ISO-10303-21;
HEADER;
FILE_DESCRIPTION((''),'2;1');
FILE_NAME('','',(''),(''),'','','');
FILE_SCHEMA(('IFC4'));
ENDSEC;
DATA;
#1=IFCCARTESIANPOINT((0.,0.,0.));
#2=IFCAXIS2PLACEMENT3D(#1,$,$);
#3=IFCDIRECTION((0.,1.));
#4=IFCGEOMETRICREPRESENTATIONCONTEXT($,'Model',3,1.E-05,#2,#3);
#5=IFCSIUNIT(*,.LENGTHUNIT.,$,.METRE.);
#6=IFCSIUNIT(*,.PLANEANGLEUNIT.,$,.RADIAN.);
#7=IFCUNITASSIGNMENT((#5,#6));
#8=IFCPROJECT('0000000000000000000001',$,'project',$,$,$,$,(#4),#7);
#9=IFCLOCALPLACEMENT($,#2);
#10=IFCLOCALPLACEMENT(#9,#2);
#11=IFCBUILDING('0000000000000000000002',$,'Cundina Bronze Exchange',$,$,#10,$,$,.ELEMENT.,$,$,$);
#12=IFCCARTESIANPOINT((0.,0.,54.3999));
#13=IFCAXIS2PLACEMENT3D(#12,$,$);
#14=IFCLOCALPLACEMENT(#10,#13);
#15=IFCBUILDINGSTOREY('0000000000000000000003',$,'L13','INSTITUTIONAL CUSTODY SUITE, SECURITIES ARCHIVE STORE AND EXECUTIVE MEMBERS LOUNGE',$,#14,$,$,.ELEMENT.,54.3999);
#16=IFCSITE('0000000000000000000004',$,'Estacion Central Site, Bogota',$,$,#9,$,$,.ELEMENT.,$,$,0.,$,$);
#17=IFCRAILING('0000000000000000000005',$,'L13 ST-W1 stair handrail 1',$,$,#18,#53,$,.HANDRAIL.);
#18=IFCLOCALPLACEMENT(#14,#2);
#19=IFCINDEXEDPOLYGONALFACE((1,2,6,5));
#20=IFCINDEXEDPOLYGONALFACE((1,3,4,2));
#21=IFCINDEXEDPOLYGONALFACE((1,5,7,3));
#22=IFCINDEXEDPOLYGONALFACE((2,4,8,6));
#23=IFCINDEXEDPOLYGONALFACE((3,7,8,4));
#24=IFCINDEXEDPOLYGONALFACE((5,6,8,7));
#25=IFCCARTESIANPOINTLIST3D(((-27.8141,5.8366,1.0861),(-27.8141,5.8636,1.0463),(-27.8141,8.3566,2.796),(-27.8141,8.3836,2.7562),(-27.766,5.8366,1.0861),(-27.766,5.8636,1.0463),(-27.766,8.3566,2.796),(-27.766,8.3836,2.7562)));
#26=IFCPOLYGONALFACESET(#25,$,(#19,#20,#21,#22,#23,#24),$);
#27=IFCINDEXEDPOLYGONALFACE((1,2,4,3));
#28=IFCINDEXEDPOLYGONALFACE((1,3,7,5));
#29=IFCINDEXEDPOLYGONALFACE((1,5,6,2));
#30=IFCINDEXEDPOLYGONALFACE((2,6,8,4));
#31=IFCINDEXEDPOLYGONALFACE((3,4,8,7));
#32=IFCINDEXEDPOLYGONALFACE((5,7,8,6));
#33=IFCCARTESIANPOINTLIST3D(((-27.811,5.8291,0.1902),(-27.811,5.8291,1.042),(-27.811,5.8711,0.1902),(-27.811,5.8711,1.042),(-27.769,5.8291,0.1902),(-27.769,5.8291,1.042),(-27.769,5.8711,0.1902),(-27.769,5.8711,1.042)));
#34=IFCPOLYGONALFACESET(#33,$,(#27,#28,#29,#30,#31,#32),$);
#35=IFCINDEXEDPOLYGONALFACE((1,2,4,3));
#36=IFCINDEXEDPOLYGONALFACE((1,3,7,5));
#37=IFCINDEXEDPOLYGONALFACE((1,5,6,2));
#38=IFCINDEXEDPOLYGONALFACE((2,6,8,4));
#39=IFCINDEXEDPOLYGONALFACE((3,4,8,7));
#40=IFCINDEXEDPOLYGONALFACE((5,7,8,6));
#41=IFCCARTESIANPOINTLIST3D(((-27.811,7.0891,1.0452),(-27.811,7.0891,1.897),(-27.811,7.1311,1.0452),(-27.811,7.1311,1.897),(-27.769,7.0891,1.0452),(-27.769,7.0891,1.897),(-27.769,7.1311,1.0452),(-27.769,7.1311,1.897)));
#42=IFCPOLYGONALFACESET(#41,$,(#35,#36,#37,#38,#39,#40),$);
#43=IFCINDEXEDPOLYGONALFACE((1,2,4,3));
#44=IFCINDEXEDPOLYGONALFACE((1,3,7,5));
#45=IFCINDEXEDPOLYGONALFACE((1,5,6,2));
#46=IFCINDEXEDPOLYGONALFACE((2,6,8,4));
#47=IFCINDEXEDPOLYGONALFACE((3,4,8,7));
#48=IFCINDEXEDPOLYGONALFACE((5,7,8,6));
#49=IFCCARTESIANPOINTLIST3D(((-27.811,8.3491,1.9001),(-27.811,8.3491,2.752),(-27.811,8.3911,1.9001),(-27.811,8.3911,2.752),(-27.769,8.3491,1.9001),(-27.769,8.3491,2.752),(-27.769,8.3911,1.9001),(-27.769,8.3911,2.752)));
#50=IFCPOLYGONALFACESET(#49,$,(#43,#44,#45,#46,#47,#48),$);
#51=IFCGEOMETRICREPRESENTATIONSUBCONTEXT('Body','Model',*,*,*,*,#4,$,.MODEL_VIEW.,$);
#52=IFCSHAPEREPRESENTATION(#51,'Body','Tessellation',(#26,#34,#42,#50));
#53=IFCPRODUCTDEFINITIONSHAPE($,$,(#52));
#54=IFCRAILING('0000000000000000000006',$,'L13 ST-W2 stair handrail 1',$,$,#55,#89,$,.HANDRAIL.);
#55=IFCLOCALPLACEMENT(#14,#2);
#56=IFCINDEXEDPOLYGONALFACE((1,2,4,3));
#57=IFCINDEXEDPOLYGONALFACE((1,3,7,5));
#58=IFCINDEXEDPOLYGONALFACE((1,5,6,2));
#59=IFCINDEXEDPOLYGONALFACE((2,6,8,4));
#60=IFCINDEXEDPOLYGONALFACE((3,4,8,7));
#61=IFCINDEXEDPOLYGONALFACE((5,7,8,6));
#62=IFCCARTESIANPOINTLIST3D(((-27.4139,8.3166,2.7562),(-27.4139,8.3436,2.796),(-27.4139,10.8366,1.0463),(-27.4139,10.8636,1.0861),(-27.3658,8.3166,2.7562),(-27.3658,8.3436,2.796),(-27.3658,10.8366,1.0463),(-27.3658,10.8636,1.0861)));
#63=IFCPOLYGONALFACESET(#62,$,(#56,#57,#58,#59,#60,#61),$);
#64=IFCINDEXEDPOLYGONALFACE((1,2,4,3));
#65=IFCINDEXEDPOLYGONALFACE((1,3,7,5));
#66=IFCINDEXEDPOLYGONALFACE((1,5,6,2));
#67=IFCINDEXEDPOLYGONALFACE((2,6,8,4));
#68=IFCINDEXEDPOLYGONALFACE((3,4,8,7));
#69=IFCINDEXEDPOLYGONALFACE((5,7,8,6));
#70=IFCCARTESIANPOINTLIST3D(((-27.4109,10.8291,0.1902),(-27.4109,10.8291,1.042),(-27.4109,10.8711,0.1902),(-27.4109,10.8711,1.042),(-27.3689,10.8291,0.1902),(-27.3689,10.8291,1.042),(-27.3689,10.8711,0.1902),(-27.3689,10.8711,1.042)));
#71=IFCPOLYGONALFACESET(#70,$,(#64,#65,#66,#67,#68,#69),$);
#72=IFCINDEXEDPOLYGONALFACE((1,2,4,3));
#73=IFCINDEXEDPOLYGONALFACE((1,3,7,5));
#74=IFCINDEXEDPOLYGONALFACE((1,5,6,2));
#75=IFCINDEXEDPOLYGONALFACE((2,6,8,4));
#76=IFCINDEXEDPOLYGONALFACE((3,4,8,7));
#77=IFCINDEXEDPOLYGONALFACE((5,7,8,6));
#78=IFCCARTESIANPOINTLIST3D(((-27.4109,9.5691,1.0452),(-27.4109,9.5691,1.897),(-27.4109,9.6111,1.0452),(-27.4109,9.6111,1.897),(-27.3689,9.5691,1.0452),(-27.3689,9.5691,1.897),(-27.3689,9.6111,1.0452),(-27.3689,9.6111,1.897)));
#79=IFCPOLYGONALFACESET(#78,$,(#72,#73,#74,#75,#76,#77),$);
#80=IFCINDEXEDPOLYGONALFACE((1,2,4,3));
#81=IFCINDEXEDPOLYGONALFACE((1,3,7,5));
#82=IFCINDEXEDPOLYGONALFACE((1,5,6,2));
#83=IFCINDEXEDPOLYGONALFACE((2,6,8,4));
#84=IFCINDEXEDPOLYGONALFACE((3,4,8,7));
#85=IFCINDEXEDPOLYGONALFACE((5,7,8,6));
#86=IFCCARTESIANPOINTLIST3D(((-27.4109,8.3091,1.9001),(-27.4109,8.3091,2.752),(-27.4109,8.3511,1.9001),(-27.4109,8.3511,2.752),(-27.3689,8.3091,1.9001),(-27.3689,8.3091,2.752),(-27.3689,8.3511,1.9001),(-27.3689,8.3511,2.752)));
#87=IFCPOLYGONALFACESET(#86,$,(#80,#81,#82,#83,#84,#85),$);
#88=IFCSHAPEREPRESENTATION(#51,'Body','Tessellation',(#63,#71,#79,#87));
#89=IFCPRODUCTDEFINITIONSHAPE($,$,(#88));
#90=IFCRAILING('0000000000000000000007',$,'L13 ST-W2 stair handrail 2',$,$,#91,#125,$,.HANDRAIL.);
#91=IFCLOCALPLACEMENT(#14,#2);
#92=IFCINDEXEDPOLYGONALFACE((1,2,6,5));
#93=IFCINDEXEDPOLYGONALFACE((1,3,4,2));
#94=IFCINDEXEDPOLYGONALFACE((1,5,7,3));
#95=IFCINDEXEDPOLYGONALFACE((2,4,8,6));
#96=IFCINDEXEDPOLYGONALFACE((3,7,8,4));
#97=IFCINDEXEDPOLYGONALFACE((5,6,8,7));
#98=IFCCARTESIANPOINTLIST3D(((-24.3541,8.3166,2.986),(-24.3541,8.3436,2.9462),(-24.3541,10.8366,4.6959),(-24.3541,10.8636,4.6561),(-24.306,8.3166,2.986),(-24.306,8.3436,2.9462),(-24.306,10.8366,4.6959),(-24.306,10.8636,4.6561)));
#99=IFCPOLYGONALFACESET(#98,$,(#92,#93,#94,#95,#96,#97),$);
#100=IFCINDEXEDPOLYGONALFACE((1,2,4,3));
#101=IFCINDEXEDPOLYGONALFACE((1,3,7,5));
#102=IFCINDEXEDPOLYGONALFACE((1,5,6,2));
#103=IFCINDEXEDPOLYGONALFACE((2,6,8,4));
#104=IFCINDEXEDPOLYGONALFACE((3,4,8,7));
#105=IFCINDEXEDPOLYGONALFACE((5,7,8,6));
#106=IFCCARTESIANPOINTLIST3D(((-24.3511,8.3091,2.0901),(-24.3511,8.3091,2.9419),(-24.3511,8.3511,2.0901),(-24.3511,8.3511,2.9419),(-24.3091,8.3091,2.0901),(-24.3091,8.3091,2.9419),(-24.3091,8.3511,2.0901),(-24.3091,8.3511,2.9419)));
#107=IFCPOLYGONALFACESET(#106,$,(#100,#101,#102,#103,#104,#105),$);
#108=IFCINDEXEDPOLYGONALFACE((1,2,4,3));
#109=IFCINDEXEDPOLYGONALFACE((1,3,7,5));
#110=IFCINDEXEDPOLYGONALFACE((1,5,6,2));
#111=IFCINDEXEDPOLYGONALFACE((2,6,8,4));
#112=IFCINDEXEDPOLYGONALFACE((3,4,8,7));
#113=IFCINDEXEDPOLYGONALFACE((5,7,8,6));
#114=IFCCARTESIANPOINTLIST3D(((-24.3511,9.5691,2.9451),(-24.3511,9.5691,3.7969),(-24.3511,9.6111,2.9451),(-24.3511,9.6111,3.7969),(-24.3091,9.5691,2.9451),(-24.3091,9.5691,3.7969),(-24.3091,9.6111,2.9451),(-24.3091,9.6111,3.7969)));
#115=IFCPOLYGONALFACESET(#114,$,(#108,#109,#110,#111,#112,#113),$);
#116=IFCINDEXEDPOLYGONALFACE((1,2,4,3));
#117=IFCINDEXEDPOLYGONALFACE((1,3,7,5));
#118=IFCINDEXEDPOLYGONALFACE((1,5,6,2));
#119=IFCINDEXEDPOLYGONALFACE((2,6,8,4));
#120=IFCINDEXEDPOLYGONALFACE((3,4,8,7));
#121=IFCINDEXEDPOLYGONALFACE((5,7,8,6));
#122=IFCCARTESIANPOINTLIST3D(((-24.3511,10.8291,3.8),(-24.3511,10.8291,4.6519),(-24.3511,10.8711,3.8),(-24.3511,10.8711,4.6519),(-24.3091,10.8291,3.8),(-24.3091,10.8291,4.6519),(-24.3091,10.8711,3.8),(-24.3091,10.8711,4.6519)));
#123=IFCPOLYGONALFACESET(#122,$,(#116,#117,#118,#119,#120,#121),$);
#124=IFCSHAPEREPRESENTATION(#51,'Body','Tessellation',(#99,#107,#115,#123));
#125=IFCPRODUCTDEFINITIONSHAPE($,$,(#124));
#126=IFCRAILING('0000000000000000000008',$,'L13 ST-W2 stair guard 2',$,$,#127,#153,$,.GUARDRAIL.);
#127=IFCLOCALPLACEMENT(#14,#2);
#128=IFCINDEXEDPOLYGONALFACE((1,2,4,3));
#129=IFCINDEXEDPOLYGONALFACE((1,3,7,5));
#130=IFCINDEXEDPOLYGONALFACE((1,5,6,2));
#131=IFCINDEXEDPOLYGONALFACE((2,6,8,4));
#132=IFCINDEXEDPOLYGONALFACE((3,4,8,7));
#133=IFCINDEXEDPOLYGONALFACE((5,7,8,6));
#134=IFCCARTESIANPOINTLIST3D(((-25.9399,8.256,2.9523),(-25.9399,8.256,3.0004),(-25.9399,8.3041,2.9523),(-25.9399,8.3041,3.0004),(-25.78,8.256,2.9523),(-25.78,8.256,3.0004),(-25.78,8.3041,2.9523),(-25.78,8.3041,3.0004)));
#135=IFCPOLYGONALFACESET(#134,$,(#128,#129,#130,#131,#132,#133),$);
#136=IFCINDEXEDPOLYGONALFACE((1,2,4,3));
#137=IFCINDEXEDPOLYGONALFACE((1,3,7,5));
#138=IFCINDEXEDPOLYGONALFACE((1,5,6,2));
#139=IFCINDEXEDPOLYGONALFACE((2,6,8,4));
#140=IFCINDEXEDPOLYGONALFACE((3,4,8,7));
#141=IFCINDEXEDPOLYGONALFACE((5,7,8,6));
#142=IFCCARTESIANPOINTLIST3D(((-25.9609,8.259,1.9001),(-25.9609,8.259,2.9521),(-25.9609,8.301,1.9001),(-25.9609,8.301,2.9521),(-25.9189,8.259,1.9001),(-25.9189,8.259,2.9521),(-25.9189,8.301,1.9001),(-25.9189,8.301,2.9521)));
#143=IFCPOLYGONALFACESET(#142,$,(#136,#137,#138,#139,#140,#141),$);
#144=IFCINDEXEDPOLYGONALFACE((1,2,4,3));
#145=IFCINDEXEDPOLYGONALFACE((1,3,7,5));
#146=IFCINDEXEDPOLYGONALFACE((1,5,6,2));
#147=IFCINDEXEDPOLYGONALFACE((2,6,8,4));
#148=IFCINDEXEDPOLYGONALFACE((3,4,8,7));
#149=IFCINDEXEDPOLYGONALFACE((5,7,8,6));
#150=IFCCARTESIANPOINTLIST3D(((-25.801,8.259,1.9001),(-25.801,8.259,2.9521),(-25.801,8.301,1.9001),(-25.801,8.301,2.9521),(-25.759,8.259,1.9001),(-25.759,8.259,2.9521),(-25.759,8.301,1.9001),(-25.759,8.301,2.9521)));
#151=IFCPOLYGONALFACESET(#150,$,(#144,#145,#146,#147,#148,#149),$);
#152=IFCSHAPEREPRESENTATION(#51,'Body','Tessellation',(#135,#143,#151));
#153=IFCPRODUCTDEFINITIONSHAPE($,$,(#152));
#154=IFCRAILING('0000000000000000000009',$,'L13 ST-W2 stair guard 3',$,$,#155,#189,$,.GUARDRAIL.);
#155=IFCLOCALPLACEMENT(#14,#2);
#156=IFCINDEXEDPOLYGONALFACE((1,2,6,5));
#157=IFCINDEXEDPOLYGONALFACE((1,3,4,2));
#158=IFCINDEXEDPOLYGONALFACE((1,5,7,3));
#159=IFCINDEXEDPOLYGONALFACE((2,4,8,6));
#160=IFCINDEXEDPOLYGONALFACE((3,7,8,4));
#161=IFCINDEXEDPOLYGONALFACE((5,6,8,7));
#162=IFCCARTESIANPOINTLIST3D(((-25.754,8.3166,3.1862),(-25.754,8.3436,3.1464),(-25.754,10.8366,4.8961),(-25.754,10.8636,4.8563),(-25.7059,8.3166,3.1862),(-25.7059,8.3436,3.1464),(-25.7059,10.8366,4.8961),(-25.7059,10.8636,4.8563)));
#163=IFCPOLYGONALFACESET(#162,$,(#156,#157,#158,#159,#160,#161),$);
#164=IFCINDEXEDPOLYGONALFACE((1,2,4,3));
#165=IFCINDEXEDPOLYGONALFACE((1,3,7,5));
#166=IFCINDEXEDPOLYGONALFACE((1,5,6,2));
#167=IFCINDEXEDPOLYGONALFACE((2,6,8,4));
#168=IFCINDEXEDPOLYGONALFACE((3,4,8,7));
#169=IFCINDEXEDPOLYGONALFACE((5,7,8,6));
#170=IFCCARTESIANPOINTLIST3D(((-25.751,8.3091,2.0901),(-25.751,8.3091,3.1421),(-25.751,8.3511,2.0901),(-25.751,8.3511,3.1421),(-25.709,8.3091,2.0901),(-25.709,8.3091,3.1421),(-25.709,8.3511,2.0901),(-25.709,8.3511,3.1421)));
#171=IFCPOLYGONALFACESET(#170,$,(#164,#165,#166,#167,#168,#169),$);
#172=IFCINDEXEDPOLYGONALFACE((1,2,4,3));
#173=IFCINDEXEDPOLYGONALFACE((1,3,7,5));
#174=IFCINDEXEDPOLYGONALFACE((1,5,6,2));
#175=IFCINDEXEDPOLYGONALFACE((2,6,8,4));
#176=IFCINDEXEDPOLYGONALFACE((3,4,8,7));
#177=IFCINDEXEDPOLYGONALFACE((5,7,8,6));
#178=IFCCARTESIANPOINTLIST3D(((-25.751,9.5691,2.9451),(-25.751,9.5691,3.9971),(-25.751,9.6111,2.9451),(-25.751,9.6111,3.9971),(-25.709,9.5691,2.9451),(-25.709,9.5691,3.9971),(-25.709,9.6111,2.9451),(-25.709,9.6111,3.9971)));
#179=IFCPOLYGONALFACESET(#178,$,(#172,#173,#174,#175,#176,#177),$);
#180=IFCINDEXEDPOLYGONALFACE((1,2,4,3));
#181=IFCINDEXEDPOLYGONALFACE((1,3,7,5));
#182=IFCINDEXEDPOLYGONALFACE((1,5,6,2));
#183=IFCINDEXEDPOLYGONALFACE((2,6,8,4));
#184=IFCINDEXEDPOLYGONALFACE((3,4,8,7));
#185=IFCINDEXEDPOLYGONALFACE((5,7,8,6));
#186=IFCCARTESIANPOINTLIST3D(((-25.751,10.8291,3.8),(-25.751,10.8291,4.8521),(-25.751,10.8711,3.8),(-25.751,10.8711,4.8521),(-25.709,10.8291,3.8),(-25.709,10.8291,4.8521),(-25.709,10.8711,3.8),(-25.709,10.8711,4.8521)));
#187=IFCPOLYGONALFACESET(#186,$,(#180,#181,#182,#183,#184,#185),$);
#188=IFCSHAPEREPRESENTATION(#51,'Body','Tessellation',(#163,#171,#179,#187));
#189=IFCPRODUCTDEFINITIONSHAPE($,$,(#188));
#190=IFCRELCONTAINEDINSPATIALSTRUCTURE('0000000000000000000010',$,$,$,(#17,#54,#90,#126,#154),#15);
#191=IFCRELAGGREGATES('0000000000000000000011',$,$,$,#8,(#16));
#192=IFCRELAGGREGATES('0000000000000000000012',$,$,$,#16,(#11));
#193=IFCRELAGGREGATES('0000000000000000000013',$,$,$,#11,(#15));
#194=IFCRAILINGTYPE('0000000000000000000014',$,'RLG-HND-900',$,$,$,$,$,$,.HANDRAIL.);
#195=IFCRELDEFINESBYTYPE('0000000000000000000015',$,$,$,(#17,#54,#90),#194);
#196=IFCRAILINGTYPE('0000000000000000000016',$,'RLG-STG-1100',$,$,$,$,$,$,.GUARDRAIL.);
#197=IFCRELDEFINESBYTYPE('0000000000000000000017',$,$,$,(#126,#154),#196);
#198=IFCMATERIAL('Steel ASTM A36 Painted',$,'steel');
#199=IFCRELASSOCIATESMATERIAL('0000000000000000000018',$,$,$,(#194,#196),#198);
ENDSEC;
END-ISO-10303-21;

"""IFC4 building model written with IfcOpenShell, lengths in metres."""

from ifc_helpers import new_model, si_unit, direction, frame, origin, origin_2d, place, context, subcontext, project, spatial, rectangle, extrude, material, type_object, element, save


model = new_model("IFC4")

# Units and contexts
model_context = context("Model", 3, precision=1e-05, world=origin(), true_north=direction((0.0, 1.0)))
body_context = subcontext(model_context, "Body", "Model", "MODEL_VIEW")
ifc_project = project(units=[si_unit("LENGTHUNIT", "METRE"), si_unit("PLANEANGLEUNIT", "RADIAN")], contexts=[model_context])

# Site, building, storey
site_placement = place(None, origin())
site = spatial("IfcSite", under=ifc_project, at=site_placement, Name="Estacion Central Site, Bogota", CompositionType="ELEMENT", RefElevation=0.0)
building_placement = place(site_placement, origin())
building = spatial("IfcBuilding", under=site, at=building_placement, Name="Cundina Bronze Exchange", CompositionType="ELEMENT")
storey_placement = place(building_placement, frame((0.0, 0.0, 54.3999)))
storey = spatial("IfcBuildingStorey", under=building, at=storey_placement, Name="L13", Description="INSTITUTIONAL CUSTODY SUITE, SECURITIES ARCHIVE STORE AND EXECUTIVE MEMBERS LOUNGE", CompositionType="ELEMENT", Elevation=54.3999)

# Shared definitions
ifc_material_1 = material(Name="Steel ASTM A36 Painted", Category="steel")

# Railings
railing_type_1 = type_object("IfcRailingType", Name="RLG-HND-900", PredefinedType="HANDRAIL", material=ifc_material_1)
railing_1_placement = place(storey_placement, frame((-27.79, 5.8501, 0.1902)))
element("IfcRailing", 1, at=railing_1_placement, inside=storey, type_object=railing_type_1, Name="L13 ST-W1 stair handrail 1", PredefinedType="HANDRAIL", context=body_context, shape_type="SweptSolid", body=[
    extrude(rectangle(XDim=0.0481, YDim=0.0481, at=origin_2d()), frame((0.0, 0.0, 0.876), z_axis=(0.0, 0.827484, 0.56149), x_axis=(-1.0, 0.0, 0.0)), (0.0, 0.0, 1.0), 3.0454),
    extrude(rectangle(XDim=0.042, YDim=0.042, at=origin_2d()), origin(), (0.0, 0.0, 1.0), 0.8518),
    extrude(rectangle(XDim=0.042, YDim=0.042, at=origin_2d()), frame((0.0, 1.26, 0.855)), (0.0, 0.0, 1.0), 0.8518),
    extrude(rectangle(XDim=0.042, YDim=0.042, at=origin_2d()), frame((0.0, 2.52, 1.71)), (0.0, 0.0, 1.0), 0.8518),
])
railing_2_placement = place(storey_placement, frame((-27.3899, 10.8501, 0.1902)))
element("IfcRailing", 2, at=railing_2_placement, inside=storey, type_object=railing_type_1, Name="L13 ST-W2 stair handrail 1", PredefinedType="HANDRAIL", context=body_context, shape_type="SweptSolid", body=[
    extrude(rectangle(XDim=0.0481, YDim=0.0481, at=origin_2d()), frame((0.0, 0.0, 0.876), z_axis=(0.0, -0.827484, 0.56149), x_axis=(1.0, 0.0, 0.0)), (0.0, 0.0, 1.0), 3.0454),
    extrude(rectangle(XDim=0.042, YDim=0.042, at=origin_2d()), origin(), (0.0, 0.0, 1.0), 0.8518),
    extrude(rectangle(XDim=0.042, YDim=0.042, at=origin_2d()), frame((0.0, -1.26, 0.855)), (0.0, 0.0, 1.0), 0.8518),
    extrude(rectangle(XDim=0.042, YDim=0.042, at=origin_2d()), frame((0.0, -2.52, 1.71)), (0.0, 0.0, 1.0), 0.8518),
])
railing_3_placement = place(storey_placement, frame((-24.3301, 8.3301, 2.0901)))
element("IfcRailing", 3, at=railing_3_placement, inside=storey, type_object=railing_type_1, Name="L13 ST-W2 stair handrail 2", PredefinedType="HANDRAIL", context=body_context, shape_type="SweptSolid", body=[
    extrude(rectangle(XDim=0.0481, YDim=0.0481, at=origin_2d()), frame((0.0, 0.0, 0.876), z_axis=(0.0, 0.827484, 0.56149), x_axis=(-1.0, 0.0, 0.0)), (0.0, 0.0, 1.0), 3.0454),
    extrude(rectangle(XDim=0.042, YDim=0.042, at=origin_2d()), origin(), (0.0, 0.0, 1.0), 0.8518),
    extrude(rectangle(XDim=0.042, YDim=0.042, at=origin_2d()), frame((0.0, 1.26, 0.855)), (0.0, 0.0, 1.0), 0.8518),
    extrude(rectangle(XDim=0.042, YDim=0.042, at=origin_2d()), frame((0.0, 2.52, 1.71)), (0.0, 0.0, 1.0), 0.8518),
])
railing_type_2 = type_object("IfcRailingType", Name="RLG-STG-1100", PredefinedType="GUARDRAIL", material=ifc_material_1)
railing_4_placement = place(storey_placement, frame((-25.9399, 8.28, 1.9001)))
element("IfcRailing", 4, at=railing_4_placement, inside=storey, type_object=railing_type_2, Name="L13 ST-W2 stair guard 2", PredefinedType="GUARDRAIL", context=body_context, shape_type="SweptSolid", body=[
    extrude(rectangle(XDim=0.0481, YDim=0.0481, at=origin_2d()), frame((0.0, 0.0, 1.0762), z_axis=(1.0, 0.0, 0.0), x_axis=(0.0, 1.0, 0.0)), (0.0, 0.0, 1.0), 0.1599),
    extrude(rectangle(XDim=0.042, YDim=0.042, at=origin_2d()), origin(), (0.0, 0.0, 1.0), 1.052),
    extrude(rectangle(XDim=0.042, YDim=0.042, at=origin_2d()), frame((0.1599, 0.0, 0.0)), (0.0, 0.0, 1.0), 1.052),
])
railing_5_placement = place(storey_placement, frame((-25.73, 8.3301, 2.0901)))
element("IfcRailing", 5, at=railing_5_placement, inside=storey, type_object=railing_type_2, Name="L13 ST-W2 stair guard 3", PredefinedType="GUARDRAIL", context=body_context, shape_type="SweptSolid", body=[
    extrude(rectangle(XDim=0.0481, YDim=0.0481, at=origin_2d()), frame((0.0, 0.0, 1.0762), z_axis=(0.0, 0.827484, 0.56149), x_axis=(-1.0, 0.0, 0.0)), (0.0, 0.0, 1.0), 3.0454),
    extrude(rectangle(XDim=0.042, YDim=0.042, at=origin_2d()), origin(), (0.0, 0.0, 1.0), 1.052),
    extrude(rectangle(XDim=0.042, YDim=0.042, at=origin_2d()), frame((0.0, 1.26, 0.855)), (0.0, 0.0, 1.0), 1.052),
    extrude(rectangle(XDim=0.042, YDim=0.042, at=origin_2d()), frame((0.0, 2.52, 1.71)), (0.0, 0.0, 1.0), 1.052),
])

save(model, "model.ifc")
